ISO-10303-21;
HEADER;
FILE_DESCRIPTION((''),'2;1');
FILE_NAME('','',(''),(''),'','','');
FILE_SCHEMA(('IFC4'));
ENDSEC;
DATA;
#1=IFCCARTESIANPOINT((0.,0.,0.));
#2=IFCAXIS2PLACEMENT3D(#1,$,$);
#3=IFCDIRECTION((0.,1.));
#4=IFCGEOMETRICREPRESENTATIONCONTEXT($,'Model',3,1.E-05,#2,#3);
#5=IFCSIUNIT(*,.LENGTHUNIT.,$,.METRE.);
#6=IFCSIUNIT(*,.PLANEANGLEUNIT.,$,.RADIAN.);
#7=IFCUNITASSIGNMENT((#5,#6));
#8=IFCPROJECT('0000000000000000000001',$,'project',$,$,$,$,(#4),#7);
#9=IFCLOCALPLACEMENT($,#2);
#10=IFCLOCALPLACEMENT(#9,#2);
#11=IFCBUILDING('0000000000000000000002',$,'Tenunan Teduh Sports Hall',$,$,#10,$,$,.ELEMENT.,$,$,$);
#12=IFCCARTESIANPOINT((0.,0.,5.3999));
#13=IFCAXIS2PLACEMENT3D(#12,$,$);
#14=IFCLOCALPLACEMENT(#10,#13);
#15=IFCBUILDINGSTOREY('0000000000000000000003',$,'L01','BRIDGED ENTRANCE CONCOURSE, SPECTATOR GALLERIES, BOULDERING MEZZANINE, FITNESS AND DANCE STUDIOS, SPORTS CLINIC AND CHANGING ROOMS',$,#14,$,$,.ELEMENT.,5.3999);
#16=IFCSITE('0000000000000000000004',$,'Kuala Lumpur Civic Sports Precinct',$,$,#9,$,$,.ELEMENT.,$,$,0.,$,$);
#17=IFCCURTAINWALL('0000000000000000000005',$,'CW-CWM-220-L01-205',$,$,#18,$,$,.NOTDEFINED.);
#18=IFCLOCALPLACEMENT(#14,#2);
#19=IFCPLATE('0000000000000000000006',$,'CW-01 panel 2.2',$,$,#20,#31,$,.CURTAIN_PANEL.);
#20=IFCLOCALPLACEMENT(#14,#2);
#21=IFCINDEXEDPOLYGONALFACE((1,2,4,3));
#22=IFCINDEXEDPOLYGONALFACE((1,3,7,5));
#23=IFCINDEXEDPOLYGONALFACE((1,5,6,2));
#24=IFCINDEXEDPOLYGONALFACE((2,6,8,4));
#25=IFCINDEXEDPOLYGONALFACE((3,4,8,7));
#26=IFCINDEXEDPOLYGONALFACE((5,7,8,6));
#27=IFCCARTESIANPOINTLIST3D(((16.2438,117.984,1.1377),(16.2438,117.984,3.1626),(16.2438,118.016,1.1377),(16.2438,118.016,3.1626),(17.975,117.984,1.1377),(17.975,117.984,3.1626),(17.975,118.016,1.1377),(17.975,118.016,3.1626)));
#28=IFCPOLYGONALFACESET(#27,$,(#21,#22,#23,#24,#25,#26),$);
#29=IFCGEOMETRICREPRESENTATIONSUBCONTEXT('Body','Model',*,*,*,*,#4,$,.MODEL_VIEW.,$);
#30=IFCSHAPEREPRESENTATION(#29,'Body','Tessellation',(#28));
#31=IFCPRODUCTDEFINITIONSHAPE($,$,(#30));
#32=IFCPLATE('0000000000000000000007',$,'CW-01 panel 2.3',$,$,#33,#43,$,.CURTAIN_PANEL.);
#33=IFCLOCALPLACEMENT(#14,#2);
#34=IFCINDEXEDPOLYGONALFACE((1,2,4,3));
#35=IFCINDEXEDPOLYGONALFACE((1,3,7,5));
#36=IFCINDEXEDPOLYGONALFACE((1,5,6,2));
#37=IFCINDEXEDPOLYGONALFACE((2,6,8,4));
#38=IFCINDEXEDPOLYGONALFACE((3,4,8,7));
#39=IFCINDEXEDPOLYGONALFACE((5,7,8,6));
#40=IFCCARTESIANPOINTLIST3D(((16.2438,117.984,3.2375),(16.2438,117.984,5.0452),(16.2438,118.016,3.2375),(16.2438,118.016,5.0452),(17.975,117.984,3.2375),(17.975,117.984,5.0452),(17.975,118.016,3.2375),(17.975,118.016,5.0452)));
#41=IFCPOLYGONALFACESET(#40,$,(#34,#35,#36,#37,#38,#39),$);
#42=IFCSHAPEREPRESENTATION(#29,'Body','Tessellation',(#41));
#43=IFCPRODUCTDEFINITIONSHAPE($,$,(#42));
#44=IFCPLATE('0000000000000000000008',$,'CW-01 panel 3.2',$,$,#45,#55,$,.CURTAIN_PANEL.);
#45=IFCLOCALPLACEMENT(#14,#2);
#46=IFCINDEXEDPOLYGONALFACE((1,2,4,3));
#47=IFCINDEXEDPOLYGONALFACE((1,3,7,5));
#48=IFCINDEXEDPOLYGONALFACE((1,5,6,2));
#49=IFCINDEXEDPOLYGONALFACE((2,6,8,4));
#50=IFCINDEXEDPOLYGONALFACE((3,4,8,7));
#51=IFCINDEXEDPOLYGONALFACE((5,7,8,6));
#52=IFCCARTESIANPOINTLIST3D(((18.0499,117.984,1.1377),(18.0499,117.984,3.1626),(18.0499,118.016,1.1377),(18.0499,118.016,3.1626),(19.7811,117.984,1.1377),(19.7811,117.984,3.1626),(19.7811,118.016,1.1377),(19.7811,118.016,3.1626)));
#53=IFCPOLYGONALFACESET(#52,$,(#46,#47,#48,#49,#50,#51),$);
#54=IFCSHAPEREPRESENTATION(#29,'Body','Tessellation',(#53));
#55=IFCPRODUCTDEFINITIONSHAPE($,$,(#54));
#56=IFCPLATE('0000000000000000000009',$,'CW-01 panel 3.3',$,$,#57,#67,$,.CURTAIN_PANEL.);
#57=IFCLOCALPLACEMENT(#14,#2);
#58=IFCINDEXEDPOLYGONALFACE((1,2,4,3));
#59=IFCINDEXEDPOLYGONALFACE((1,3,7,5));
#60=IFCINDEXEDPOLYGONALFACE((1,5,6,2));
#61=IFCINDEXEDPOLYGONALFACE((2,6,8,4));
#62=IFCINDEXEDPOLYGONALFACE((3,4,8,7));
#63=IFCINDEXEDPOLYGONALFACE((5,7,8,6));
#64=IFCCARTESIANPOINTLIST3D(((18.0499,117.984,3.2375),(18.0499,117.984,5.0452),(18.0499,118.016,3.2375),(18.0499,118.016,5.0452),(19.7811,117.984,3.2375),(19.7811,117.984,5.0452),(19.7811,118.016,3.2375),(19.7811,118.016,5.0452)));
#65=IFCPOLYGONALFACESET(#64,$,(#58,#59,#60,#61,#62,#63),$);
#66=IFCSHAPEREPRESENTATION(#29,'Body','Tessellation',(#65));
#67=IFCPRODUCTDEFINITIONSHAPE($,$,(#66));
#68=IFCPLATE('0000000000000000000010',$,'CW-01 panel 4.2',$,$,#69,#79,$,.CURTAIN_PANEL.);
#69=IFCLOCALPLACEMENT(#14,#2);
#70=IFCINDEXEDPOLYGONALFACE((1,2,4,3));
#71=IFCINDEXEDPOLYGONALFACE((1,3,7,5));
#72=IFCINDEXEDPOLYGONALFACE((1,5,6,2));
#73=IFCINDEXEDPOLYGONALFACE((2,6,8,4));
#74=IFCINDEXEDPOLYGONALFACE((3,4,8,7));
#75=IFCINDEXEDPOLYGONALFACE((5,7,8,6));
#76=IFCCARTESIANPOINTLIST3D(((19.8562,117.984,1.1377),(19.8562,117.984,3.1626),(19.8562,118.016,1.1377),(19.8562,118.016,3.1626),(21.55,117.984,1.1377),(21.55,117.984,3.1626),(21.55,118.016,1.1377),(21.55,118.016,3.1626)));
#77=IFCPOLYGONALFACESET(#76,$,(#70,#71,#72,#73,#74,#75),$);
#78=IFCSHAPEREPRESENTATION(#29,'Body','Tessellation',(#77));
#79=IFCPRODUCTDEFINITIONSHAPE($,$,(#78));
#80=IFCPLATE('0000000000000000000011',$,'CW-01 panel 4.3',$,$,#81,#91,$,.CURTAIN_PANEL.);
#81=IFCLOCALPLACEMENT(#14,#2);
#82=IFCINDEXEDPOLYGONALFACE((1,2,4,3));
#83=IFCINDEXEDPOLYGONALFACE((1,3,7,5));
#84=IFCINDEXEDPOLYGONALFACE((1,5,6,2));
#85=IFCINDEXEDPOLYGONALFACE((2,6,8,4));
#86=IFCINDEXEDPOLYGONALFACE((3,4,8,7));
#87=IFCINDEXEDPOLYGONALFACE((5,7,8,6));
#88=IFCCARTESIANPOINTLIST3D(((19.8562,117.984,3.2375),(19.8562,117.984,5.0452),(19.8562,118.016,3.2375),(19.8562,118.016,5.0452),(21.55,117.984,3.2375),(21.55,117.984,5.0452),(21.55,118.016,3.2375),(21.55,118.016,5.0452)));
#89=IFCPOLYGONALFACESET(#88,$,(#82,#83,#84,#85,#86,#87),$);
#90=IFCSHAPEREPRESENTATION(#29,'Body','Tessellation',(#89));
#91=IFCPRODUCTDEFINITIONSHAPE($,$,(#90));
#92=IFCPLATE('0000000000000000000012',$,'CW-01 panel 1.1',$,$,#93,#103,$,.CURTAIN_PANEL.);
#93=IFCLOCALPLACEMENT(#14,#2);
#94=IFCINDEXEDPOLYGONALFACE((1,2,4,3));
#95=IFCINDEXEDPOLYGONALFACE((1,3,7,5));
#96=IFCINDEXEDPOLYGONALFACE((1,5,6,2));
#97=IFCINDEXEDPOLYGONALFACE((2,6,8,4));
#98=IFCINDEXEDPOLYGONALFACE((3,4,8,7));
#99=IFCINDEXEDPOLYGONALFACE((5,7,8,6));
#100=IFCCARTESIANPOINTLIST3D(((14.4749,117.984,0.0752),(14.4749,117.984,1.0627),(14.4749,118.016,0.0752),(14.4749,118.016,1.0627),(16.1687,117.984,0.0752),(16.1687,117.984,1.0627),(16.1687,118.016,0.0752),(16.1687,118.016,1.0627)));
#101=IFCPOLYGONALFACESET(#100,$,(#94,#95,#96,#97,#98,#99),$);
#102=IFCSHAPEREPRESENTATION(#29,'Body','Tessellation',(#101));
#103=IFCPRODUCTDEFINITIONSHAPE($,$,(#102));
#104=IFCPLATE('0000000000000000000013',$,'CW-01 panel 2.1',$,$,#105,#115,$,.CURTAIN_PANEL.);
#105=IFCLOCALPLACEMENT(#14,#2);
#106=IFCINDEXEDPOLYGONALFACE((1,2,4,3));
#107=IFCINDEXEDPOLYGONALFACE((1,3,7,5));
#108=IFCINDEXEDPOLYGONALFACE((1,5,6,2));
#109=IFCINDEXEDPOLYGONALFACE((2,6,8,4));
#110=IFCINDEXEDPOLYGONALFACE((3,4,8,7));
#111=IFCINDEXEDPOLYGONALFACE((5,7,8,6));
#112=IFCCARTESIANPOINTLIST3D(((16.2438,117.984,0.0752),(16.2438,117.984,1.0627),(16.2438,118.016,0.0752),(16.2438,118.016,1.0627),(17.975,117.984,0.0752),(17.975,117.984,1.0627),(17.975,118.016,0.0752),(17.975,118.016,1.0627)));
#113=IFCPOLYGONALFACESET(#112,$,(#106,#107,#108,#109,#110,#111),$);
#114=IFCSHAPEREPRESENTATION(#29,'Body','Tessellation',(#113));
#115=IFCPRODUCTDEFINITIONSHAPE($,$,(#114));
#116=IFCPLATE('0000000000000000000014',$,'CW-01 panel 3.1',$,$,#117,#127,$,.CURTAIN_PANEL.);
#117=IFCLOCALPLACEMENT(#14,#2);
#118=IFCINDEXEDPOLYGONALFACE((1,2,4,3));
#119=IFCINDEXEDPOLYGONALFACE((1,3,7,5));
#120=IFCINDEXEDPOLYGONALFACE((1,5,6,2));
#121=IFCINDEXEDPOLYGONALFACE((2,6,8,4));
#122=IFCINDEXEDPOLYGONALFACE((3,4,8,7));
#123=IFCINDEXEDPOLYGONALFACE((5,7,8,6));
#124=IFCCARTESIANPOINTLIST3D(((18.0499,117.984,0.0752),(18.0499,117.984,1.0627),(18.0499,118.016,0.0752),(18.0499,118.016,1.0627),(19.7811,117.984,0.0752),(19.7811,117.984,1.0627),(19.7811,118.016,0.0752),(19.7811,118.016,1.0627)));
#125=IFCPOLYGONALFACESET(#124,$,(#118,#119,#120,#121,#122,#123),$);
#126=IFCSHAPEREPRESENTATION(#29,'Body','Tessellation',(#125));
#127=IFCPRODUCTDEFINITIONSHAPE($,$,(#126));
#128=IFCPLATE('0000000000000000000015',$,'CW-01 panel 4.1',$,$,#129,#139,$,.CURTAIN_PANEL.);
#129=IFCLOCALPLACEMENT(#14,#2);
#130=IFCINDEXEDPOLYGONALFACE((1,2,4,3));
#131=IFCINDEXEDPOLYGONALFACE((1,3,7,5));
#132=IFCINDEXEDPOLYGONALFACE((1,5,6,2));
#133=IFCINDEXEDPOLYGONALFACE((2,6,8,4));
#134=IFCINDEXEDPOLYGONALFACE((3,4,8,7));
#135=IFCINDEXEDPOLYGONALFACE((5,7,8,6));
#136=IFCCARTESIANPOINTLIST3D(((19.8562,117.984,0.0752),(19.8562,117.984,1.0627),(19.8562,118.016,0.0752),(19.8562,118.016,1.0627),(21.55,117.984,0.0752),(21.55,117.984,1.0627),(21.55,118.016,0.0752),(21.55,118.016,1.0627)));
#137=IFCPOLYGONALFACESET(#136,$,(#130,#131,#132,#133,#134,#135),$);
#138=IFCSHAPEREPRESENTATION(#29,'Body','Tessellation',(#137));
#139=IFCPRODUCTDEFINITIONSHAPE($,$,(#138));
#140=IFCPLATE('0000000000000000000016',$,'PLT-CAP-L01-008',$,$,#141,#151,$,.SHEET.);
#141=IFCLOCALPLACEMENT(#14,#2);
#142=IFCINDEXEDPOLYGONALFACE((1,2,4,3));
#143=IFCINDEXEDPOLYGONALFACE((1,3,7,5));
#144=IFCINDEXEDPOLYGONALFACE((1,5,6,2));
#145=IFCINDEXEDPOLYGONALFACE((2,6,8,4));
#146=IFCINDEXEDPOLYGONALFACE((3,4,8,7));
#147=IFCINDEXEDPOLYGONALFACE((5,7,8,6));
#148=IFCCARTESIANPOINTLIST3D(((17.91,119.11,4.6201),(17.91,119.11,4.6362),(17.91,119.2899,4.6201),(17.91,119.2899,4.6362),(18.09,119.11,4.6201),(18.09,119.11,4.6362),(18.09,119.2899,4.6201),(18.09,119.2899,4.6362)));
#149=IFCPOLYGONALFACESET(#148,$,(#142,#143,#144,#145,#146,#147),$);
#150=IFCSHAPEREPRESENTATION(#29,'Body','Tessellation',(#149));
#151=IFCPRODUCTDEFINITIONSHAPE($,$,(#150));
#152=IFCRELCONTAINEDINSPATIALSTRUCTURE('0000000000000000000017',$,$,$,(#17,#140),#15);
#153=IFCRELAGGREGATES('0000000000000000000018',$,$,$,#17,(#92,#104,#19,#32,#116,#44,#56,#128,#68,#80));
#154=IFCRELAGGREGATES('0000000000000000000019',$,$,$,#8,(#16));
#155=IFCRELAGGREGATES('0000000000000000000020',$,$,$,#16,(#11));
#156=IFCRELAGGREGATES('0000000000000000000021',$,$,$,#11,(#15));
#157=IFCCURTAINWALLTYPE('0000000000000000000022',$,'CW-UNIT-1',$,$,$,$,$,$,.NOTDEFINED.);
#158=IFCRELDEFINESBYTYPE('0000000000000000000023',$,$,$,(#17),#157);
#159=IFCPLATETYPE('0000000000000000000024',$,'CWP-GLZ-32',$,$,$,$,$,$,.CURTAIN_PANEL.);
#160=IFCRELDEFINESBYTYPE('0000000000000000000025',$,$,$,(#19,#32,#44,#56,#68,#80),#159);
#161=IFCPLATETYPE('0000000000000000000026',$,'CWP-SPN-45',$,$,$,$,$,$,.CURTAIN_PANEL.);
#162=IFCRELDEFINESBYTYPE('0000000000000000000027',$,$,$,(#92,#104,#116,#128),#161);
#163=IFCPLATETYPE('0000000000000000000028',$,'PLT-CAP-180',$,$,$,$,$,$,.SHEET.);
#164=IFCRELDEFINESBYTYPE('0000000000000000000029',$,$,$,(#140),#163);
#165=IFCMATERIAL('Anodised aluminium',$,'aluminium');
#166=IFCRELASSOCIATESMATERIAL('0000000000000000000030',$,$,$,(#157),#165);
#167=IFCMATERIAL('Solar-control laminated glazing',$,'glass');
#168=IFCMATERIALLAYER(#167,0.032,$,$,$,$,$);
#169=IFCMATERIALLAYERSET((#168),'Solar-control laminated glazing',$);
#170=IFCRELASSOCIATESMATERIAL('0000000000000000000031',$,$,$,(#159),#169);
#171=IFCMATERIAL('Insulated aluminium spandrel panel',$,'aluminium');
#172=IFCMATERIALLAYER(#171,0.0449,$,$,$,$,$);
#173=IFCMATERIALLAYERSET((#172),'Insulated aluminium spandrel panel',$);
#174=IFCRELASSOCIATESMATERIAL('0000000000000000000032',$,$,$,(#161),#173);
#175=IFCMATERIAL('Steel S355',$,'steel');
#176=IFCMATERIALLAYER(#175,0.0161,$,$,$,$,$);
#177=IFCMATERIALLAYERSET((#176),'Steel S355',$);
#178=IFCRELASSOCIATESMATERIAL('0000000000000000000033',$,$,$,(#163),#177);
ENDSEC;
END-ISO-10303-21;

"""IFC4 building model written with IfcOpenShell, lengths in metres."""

from ifc_helpers import new_model, si_unit, direction, frame, origin, origin_2d, place, context, subcontext, project, spatial, rectangle, extrude, material, layer, layer_set, type_object, element, aggregate, save


model = new_model("IFC4")

# Units and contexts
model_context = context("Model", 3, precision=1e-05, world=origin(), true_north=direction((0.0, 1.0)))
body_context = subcontext(model_context, "Body", "Model", "MODEL_VIEW")
ifc_project = project(units=[si_unit("LENGTHUNIT", "METRE"), si_unit("PLANEANGLEUNIT", "RADIAN")], contexts=[model_context])

# Site, building, storey
site_placement = place(None, origin())
site = spatial("IfcSite", under=ifc_project, at=site_placement, Name="Kuala Lumpur Civic Sports Precinct", CompositionType="ELEMENT", RefElevation=0.0)
building_placement = place(site_placement, origin())
building = spatial("IfcBuilding", under=site, at=building_placement, Name="Tenunan Teduh Sports Hall", CompositionType="ELEMENT")
storey_placement = place(building_placement, frame((0.0, 0.0, 5.3999)))
storey = spatial("IfcBuildingStorey", under=building, at=storey_placement, Name="L01", Description="BRIDGED ENTRANCE CONCOURSE, SPECTATOR GALLERIES, BOULDERING MEZZANINE, FITNESS AND DANCE STUDIOS, SPORTS CLINIC AND CHANGING ROOMS", CompositionType="ELEMENT", Elevation=5.3999)

# Curtain wall
ifc_material_1 = material(Name="Anodised aluminium", Category="aluminium")
curtain_wall_type = type_object("IfcCurtainWallType", Name="CW-UNIT-1", PredefinedType="NOTDEFINED", material=ifc_material_1)
curtain_wall_placement = place(storey_placement, origin())
curtain_wall = element("IfcCurtainWall", 1, at=curtain_wall_placement, inside=storey, type_object=curtain_wall_type, Name="CW-CWM-220-L01-205", PredefinedType="NOTDEFINED")

# Plates
ifc_material_2 = material(Name="Solar-control laminated glazing", Category="glass")
ifc_layer_1 = layer(ifc_material_2, 0.032)
ifc_layer_set_1 = layer_set([ifc_layer_1], Name="Solar-control laminated glazing")
plate_type_1 = type_object("IfcPlateType", Name="CWP-GLZ-32", PredefinedType="CURTAIN_PANEL", material=ifc_layer_set_1)
plate_1_placement = place(storey_placement, frame((17.1094, 118.0, 1.1377), z_axis=(0.0, 0.0, 1.0), x_axis=(1.0, 0.0, 0.0)))
plate_1 = element("IfcPlate", 2, at=plate_1_placement, type_object=plate_type_1, Name="CW-01 panel 2.2", PredefinedType="CURTAIN_PANEL", context=body_context, shape_type="SweptSolid", body=[
    extrude(rectangle(XDim=1.7312, YDim=0.032, at=origin_2d()), origin(), (0.0, 0.0, 1.0), 2.0249),
])
plate_2_placement = place(storey_placement, frame((17.1094, 118.0, 3.2375), z_axis=(0.0, 0.0, 1.0), x_axis=(1.0, 0.0, 0.0)))
plate_2 = element("IfcPlate", 3, at=plate_2_placement, type_object=plate_type_1, Name="CW-01 panel 2.3", PredefinedType="CURTAIN_PANEL", context=body_context, shape_type="SweptSolid", body=[
    extrude(rectangle(XDim=1.7312, YDim=0.032, at=origin_2d()), origin(), (0.0, 0.0, 1.0), 1.8076),
])
plate_3_placement = place(storey_placement, frame((18.9155, 118.0, 1.1377), z_axis=(0.0, 0.0, 1.0), x_axis=(1.0, 0.0, 0.0)))
plate_3 = element("IfcPlate", 4, at=plate_3_placement, type_object=plate_type_1, Name="CW-01 panel 3.2", PredefinedType="CURTAIN_PANEL", context=body_context, shape_type="SweptSolid", body=[
    extrude(rectangle(XDim=1.7312, YDim=0.032, at=origin_2d()), origin(), (0.0, 0.0, 1.0), 2.0249),
])
plate_4_placement = place(storey_placement, frame((18.9155, 118.0, 3.2375), z_axis=(0.0, 0.0, 1.0), x_axis=(1.0, 0.0, 0.0)))
plate_4 = element("IfcPlate", 5, at=plate_4_placement, type_object=plate_type_1, Name="CW-01 panel 3.3", PredefinedType="CURTAIN_PANEL", context=body_context, shape_type="SweptSolid", body=[
    extrude(rectangle(XDim=1.7312, YDim=0.032, at=origin_2d()), origin(), (0.0, 0.0, 1.0), 1.8076),
])
plate_5_placement = place(storey_placement, frame((20.7031, 118.0, 1.1377), z_axis=(0.0, 0.0, 1.0), x_axis=(1.0, 0.0, 0.0)))
plate_5 = element("IfcPlate", 6, at=plate_5_placement, type_object=plate_type_1, Name="CW-01 panel 4.2", PredefinedType="CURTAIN_PANEL", context=body_context, shape_type="SweptSolid", body=[
    extrude(rectangle(XDim=1.6938, YDim=0.032, at=origin_2d()), origin(), (0.0, 0.0, 1.0), 2.0249),
])
plate_6_placement = place(storey_placement, frame((20.7031, 118.0, 3.2375), z_axis=(0.0, 0.0, 1.0), x_axis=(1.0, 0.0, 0.0)))
plate_6 = element("IfcPlate", 7, at=plate_6_placement, type_object=plate_type_1, Name="CW-01 panel 4.3", PredefinedType="CURTAIN_PANEL", context=body_context, shape_type="SweptSolid", body=[
    extrude(rectangle(XDim=1.6938, YDim=0.032, at=origin_2d()), origin(), (0.0, 0.0, 1.0), 1.8076),
])
ifc_material_3 = material(Name="Insulated aluminium spandrel panel", Category="aluminium")
ifc_layer_2 = layer(ifc_material_3, 0.0449)
ifc_layer_set_2 = layer_set([ifc_layer_2], Name="Insulated aluminium spandrel panel")
plate_type_2 = type_object("IfcPlateType", Name="CWP-SPN-45", PredefinedType="CURTAIN_PANEL", material=ifc_layer_set_2)
plate_7_placement = place(storey_placement, frame((15.3218, 118.0, 0.0752), z_axis=(0.0, 0.0, 1.0), x_axis=(1.0, 0.0, 0.0)))
plate_7 = element("IfcPlate", 8, at=plate_7_placement, type_object=plate_type_2, Name="CW-01 panel 1.1", PredefinedType="CURTAIN_PANEL", context=body_context, shape_type="SweptSolid", body=[
    extrude(rectangle(XDim=1.6938, YDim=0.032, at=origin_2d()), origin(), (0.0, 0.0, 1.0), 0.9875),
])
plate_8_placement = place(storey_placement, frame((17.1094, 118.0, 0.0752), z_axis=(0.0, 0.0, 1.0), x_axis=(1.0, 0.0, 0.0)))
plate_8 = element("IfcPlate", 9, at=plate_8_placement, type_object=plate_type_2, Name="CW-01 panel 2.1", PredefinedType="CURTAIN_PANEL", context=body_context, shape_type="SweptSolid", body=[
    extrude(rectangle(XDim=1.7312, YDim=0.032, at=origin_2d()), origin(), (0.0, 0.0, 1.0), 0.9875),
])
plate_9_placement = place(storey_placement, frame((18.9155, 118.0, 0.0752), z_axis=(0.0, 0.0, 1.0), x_axis=(1.0, 0.0, 0.0)))
plate_9 = element("IfcPlate", 10, at=plate_9_placement, type_object=plate_type_2, Name="CW-01 panel 3.1", PredefinedType="CURTAIN_PANEL", context=body_context, shape_type="SweptSolid", body=[
    extrude(rectangle(XDim=1.7312, YDim=0.032, at=origin_2d()), origin(), (0.0, 0.0, 1.0), 0.9875),
])
plate_10_placement = place(storey_placement, frame((20.7031, 118.0, 0.0752), z_axis=(0.0, 0.0, 1.0), x_axis=(1.0, 0.0, 0.0)))
plate_10 = element("IfcPlate", 11, at=plate_10_placement, type_object=plate_type_2, Name="CW-01 panel 4.1", PredefinedType="CURTAIN_PANEL", context=body_context, shape_type="SweptSolid", body=[
    extrude(rectangle(XDim=1.6938, YDim=0.032, at=origin_2d()), origin(), (0.0, 0.0, 1.0), 0.9875),
])
aggregate(curtain_wall, [plate_7, plate_8, plate_1, plate_2, plate_9, plate_3, plate_4, plate_10, plate_5, plate_6])
ifc_material_4 = material(Name="Steel S355", Category="steel")
ifc_layer_3 = layer(ifc_material_4, 0.0161)
ifc_layer_set_3 = layer_set([ifc_layer_3], Name="Steel S355")
plate_type_3 = type_object("IfcPlateType", Name="PLT-CAP-180", PredefinedType="SHEET", material=ifc_layer_set_3)
plate_11_placement = place(storey_placement, frame((18.0, 119.2, 4.6201), z_axis=(0.0, 0.0, 1.0), x_axis=(1.0, 0.0, 0.0)))
element("IfcPlate", 12, at=plate_11_placement, inside=storey, type_object=plate_type_3, Name="PLT-CAP-L01-008", PredefinedType="SHEET", context=body_context, shape_type="SweptSolid", body=[
    extrude(rectangle(XDim=0.1799, YDim=0.1799, at=origin_2d()), origin(), (0.0, 0.0, 1.0), 0.0161),
])

save(model, "model.ifc")
